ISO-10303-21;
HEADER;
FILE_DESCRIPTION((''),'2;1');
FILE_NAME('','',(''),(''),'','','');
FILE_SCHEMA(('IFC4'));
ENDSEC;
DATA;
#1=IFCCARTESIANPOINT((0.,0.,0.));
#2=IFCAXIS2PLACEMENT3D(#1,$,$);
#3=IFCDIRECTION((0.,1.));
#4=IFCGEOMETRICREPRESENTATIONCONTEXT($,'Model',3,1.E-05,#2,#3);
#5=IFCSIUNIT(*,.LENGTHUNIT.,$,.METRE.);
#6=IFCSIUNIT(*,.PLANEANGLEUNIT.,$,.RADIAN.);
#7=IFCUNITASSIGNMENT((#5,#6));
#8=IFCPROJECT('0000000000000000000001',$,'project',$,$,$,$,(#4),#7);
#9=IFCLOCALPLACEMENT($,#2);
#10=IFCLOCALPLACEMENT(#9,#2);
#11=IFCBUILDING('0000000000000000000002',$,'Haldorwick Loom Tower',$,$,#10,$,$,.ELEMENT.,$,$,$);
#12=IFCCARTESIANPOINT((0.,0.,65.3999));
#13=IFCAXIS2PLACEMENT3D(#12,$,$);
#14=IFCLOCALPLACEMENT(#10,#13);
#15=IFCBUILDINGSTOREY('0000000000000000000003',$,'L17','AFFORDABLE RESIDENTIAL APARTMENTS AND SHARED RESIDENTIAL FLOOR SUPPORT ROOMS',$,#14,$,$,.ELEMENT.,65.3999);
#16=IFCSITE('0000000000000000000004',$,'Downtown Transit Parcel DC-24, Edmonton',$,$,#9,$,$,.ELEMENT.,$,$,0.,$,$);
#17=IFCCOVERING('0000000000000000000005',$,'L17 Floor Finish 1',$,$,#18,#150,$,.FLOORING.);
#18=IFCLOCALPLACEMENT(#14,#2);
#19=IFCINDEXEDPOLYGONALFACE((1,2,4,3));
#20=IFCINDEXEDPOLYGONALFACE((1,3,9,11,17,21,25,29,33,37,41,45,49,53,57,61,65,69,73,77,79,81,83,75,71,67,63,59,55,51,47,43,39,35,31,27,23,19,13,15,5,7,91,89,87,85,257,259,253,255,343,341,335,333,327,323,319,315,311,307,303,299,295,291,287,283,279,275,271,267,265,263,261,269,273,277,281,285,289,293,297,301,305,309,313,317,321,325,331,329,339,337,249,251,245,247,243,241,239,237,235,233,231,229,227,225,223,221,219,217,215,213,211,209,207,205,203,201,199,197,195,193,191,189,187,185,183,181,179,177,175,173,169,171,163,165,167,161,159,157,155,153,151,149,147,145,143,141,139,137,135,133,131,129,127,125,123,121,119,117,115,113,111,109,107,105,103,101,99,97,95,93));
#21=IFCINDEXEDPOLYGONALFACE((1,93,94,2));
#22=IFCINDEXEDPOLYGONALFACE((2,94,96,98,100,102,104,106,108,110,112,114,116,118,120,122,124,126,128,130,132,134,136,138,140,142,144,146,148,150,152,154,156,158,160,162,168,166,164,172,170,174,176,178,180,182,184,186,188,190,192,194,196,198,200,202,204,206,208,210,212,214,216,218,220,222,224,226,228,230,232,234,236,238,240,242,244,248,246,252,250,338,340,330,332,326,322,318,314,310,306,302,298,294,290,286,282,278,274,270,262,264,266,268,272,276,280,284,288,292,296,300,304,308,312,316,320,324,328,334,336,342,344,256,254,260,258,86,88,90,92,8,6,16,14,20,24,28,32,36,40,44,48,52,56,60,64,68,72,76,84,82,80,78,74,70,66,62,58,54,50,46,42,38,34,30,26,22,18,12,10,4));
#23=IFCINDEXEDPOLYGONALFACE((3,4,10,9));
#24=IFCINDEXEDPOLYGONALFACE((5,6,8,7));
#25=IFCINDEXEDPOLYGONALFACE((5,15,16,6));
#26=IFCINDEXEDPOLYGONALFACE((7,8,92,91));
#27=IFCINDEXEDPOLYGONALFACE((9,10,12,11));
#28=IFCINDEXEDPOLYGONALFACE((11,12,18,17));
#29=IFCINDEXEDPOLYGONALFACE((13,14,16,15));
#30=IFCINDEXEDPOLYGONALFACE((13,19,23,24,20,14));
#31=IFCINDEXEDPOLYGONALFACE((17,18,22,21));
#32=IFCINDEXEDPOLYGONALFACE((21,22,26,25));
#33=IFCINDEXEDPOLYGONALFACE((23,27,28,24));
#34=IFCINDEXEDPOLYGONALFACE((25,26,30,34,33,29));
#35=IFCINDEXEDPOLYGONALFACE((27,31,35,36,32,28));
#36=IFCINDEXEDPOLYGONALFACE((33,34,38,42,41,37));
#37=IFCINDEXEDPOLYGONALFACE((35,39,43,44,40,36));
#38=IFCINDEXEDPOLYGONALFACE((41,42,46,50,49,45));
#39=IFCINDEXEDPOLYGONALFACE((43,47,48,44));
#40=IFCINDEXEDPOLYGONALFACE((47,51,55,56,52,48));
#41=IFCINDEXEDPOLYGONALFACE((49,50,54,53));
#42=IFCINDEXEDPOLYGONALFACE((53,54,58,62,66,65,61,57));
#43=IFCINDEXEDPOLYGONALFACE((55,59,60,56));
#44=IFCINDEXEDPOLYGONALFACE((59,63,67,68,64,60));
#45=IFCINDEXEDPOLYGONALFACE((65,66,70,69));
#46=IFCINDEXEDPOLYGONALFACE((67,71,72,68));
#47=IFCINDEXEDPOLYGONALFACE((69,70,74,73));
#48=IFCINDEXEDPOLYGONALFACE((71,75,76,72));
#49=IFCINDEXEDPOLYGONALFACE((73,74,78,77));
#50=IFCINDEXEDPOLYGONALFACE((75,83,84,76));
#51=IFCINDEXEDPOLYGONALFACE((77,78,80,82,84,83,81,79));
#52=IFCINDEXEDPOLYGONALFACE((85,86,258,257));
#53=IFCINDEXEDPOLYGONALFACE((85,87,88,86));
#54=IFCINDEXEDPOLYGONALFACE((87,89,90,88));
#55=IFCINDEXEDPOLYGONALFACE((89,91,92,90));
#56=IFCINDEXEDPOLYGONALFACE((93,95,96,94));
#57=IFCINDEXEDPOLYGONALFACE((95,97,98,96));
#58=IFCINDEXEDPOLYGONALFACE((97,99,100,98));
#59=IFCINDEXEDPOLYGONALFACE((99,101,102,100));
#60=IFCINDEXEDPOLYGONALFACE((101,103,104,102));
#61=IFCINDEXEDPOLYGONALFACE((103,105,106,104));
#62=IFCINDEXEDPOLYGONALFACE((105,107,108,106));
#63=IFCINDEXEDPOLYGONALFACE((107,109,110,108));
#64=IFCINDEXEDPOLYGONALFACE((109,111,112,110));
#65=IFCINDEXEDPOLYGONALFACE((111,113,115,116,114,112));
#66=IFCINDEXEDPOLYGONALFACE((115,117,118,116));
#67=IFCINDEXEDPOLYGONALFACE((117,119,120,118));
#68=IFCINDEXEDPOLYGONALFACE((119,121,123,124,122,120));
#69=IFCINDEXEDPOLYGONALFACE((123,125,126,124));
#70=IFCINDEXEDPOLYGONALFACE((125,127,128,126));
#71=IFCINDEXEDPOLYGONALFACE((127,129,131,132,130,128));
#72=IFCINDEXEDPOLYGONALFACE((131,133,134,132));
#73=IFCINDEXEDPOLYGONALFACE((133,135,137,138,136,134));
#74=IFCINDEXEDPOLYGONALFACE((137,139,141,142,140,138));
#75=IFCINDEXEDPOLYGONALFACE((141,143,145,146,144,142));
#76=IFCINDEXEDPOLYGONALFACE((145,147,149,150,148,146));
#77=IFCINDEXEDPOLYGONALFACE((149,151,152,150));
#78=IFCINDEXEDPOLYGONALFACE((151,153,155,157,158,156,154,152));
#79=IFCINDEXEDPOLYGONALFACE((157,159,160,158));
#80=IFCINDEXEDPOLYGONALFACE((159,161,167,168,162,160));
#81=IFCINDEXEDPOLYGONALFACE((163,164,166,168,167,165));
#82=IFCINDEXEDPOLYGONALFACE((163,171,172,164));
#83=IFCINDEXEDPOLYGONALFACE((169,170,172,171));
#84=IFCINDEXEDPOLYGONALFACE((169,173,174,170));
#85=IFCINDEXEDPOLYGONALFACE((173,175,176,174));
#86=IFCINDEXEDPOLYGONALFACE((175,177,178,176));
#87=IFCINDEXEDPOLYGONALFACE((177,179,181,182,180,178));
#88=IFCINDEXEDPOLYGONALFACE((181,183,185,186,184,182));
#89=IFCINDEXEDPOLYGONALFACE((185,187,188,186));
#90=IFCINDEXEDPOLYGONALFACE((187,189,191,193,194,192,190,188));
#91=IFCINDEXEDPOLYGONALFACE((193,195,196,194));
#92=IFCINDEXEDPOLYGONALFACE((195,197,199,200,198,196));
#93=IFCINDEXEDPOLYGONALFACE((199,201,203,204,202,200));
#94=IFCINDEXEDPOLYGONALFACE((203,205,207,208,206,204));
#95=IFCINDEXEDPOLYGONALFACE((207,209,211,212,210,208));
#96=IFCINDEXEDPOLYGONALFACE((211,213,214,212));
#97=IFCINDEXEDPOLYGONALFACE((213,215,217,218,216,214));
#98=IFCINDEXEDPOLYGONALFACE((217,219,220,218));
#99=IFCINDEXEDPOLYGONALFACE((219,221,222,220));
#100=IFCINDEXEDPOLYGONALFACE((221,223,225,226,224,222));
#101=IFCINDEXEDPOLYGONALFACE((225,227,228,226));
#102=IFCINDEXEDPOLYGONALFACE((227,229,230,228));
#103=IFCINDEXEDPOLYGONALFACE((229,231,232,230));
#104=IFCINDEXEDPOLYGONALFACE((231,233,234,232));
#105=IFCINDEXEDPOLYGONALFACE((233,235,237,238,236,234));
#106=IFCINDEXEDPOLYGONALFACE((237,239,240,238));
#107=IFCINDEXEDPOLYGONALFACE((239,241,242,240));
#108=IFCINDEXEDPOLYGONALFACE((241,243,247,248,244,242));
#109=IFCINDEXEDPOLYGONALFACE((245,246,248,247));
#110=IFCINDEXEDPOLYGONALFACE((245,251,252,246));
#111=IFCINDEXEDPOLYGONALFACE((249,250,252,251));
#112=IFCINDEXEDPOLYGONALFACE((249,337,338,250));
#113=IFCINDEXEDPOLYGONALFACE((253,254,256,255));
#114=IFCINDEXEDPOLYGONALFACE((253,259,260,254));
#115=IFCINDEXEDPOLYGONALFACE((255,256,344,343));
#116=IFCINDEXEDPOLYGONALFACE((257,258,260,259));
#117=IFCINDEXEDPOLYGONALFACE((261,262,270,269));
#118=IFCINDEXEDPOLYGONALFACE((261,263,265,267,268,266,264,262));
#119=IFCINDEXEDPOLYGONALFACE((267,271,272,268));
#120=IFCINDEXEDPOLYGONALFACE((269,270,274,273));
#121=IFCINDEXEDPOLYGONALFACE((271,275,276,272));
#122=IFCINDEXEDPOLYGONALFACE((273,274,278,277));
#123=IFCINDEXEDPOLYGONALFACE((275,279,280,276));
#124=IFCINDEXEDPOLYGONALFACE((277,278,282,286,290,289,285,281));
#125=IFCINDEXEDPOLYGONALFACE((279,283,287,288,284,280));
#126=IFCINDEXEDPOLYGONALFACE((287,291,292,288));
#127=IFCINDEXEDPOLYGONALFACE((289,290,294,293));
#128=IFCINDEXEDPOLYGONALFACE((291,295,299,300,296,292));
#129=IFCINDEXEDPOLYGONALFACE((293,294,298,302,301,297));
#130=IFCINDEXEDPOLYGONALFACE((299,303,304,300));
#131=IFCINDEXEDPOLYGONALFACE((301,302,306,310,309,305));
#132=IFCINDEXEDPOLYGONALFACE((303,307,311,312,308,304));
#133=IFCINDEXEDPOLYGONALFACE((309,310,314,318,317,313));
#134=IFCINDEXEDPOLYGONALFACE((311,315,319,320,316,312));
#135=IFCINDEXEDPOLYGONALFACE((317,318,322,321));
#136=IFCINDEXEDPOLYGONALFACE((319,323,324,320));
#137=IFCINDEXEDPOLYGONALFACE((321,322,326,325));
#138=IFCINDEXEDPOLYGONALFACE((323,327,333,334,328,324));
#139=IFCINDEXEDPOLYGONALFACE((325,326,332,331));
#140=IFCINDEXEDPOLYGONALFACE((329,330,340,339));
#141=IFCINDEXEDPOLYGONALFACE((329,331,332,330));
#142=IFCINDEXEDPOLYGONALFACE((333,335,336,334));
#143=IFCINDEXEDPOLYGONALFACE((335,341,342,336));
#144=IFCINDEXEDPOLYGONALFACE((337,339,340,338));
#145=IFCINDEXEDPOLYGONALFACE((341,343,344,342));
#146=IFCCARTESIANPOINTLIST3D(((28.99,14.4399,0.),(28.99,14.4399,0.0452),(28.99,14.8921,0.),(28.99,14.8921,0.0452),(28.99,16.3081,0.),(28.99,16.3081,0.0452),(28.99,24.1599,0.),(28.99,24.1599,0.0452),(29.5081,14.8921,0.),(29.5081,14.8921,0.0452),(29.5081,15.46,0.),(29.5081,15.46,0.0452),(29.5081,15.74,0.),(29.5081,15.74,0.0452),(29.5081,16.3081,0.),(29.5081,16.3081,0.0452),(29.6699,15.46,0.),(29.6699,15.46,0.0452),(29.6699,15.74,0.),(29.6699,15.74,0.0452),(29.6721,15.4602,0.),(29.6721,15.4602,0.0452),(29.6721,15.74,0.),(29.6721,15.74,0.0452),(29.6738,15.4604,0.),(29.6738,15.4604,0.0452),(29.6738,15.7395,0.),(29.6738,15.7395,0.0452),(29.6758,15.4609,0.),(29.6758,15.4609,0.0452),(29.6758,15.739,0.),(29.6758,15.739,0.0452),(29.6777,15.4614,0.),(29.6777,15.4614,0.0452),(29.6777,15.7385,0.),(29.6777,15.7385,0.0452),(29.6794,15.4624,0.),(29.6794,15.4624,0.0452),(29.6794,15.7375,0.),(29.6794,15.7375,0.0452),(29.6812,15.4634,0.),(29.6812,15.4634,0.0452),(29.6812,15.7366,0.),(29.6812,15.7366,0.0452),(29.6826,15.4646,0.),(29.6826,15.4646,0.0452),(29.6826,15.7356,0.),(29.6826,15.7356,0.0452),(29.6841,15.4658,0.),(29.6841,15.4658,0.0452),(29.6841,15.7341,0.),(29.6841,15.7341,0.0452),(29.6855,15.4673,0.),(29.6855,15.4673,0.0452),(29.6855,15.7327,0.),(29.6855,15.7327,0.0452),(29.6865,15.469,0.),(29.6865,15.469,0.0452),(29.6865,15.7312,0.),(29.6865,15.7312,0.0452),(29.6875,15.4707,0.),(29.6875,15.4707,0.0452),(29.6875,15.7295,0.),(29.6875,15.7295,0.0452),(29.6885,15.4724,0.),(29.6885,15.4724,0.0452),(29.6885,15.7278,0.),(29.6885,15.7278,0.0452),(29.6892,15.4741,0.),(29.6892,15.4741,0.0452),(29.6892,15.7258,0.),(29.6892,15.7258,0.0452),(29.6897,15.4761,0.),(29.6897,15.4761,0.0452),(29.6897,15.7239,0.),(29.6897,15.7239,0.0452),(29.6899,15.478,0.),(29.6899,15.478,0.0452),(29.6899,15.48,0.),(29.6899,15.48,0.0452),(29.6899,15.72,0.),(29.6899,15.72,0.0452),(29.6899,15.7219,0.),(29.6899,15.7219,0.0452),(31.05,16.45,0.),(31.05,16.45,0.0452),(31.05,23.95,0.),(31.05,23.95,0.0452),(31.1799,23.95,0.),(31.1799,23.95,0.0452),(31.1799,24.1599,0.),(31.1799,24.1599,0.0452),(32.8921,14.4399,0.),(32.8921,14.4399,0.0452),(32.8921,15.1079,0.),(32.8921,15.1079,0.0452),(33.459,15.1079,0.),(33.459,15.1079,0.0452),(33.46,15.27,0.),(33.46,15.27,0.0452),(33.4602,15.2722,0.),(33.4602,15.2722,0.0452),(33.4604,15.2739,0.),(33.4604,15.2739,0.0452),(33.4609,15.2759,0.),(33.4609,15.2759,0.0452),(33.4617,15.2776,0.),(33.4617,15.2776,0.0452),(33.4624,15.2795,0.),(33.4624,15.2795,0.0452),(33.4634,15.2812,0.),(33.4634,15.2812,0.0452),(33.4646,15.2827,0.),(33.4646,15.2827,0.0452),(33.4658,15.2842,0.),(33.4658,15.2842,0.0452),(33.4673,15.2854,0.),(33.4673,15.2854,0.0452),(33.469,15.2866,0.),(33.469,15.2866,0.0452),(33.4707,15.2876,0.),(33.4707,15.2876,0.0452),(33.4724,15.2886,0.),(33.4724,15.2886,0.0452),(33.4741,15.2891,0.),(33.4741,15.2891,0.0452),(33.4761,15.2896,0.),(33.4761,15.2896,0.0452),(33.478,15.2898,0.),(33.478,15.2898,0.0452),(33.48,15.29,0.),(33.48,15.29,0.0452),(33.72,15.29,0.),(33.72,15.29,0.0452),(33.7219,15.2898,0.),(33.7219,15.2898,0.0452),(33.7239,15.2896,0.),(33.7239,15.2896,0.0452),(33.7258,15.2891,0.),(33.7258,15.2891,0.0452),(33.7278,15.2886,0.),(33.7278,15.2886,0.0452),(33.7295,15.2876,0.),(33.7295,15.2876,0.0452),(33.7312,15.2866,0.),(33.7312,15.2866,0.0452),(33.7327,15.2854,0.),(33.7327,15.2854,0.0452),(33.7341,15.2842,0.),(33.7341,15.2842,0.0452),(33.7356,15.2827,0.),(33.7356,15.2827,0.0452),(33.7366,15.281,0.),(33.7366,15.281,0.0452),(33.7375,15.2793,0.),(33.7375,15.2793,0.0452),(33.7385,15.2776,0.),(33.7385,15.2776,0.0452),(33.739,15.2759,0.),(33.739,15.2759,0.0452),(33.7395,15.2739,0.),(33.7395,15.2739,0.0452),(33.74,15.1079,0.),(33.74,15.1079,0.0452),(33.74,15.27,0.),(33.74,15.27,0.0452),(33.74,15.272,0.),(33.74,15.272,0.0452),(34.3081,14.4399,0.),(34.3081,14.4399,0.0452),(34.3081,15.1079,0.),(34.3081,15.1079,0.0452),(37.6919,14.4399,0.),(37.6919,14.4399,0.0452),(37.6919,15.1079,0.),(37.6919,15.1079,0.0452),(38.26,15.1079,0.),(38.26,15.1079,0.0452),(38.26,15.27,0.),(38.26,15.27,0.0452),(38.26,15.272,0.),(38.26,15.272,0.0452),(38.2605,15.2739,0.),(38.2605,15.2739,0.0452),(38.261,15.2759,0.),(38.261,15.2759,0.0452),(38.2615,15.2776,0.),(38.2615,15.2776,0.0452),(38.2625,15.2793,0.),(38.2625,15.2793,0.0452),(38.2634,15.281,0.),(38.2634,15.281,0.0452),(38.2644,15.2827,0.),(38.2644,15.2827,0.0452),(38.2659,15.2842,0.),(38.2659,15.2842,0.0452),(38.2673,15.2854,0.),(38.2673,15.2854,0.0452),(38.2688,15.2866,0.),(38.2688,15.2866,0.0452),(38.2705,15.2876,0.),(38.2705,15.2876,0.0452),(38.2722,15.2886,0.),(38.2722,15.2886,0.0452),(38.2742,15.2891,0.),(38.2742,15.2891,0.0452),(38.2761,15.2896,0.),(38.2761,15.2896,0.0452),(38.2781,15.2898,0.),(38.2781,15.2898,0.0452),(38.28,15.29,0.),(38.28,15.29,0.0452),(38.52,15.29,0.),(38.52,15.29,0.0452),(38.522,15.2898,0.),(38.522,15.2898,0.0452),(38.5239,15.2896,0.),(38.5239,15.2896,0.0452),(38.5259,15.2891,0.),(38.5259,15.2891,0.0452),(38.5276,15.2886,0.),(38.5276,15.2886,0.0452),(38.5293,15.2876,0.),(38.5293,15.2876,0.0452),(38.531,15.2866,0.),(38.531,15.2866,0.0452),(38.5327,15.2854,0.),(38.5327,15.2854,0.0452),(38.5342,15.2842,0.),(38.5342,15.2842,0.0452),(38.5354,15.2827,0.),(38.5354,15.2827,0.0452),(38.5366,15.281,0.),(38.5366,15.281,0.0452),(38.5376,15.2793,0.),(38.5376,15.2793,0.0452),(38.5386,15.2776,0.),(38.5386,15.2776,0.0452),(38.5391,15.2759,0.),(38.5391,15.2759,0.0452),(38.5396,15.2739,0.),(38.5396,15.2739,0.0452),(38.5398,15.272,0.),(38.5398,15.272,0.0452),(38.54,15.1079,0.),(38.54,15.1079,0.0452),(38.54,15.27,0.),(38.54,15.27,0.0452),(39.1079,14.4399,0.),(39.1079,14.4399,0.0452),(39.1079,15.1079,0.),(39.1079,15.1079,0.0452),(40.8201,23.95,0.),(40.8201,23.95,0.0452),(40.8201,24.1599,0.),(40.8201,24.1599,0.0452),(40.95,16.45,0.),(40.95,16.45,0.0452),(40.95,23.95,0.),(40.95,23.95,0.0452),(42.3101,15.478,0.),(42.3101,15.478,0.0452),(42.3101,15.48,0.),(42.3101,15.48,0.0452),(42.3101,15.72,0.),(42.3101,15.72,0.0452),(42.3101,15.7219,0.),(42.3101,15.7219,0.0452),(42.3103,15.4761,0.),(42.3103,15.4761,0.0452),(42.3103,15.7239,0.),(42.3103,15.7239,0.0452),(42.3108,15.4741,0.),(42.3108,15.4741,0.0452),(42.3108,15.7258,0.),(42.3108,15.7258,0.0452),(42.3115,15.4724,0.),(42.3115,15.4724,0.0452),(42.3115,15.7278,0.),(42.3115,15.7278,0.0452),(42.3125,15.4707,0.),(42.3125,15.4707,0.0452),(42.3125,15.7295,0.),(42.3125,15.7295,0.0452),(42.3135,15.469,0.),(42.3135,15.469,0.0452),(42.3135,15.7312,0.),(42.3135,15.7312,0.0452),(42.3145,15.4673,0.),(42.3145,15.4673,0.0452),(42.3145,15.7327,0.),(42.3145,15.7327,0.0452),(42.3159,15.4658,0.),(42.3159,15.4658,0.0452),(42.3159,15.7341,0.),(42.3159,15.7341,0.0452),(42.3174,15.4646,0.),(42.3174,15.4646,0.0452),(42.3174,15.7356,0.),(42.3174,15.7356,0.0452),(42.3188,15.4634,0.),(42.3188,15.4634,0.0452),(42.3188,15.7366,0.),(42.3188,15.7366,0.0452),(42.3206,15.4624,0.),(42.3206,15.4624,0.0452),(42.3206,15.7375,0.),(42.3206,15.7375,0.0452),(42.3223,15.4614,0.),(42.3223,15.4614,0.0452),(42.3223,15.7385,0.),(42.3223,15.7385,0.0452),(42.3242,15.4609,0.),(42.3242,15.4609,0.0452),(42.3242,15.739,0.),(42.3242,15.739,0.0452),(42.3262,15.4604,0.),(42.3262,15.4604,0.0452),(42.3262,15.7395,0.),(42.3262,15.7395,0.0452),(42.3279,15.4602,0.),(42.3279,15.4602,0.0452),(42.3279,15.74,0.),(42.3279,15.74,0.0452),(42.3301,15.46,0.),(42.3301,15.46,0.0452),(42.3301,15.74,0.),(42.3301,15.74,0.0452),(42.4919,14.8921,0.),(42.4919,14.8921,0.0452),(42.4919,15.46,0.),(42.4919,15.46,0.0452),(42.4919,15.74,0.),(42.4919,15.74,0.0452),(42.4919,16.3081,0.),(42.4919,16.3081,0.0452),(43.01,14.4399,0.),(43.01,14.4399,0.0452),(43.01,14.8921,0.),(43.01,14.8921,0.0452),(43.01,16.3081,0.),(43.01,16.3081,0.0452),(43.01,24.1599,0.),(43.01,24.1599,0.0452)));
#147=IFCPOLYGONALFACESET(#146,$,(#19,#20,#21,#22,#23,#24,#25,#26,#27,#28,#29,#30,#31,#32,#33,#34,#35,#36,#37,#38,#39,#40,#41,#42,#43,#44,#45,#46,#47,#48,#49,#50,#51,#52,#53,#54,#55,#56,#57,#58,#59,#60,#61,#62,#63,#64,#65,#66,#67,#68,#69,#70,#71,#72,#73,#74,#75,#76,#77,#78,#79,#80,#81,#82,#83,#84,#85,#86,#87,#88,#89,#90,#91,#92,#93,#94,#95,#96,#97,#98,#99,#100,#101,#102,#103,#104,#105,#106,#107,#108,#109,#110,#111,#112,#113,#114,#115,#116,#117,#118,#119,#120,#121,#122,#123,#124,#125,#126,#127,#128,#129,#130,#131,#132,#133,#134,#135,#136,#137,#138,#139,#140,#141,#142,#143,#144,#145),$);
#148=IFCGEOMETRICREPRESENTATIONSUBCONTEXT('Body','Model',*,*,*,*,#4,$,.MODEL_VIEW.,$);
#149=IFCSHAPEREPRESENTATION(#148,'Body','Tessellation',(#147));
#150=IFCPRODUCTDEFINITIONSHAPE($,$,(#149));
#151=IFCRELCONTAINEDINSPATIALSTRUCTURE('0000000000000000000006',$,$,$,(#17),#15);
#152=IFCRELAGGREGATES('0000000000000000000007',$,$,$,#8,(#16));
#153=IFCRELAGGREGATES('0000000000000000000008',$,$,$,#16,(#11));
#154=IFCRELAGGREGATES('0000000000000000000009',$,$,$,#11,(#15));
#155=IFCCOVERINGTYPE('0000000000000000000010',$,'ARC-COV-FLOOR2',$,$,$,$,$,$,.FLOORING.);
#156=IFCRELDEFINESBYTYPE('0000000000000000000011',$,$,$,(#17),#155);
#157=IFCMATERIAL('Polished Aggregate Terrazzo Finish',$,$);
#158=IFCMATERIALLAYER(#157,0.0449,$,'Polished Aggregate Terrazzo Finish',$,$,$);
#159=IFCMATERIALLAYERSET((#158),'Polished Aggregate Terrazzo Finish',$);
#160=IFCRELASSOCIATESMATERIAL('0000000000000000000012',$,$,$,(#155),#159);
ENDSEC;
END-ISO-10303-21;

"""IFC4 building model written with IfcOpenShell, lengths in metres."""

from ifc_helpers import new_model, si_unit, direction, frame, origin, place, context, subcontext, project, spatial, polyline, outline, extrude, material, layer, layer_set, type_object, element, save


model = new_model("IFC4")

# Units and contexts
model_context = context("Model", 3, precision=1e-05, world=origin(), true_north=direction((0.0, 1.0)))
body_context = subcontext(model_context, "Body", "Model", "MODEL_VIEW")
ifc_project = project(units=[si_unit("LENGTHUNIT", "METRE"), si_unit("PLANEANGLEUNIT", "RADIAN")], contexts=[model_context])

# Site, building, storey
site_placement = place(None, origin())
site = spatial("IfcSite", under=ifc_project, at=site_placement, Name="Downtown Transit Parcel DC-24, Edmonton", CompositionType="ELEMENT", RefElevation=0.0)
building_placement = place(site_placement, origin())
building = spatial("IfcBuilding", under=site, at=building_placement, Name="Haldorwick Loom Tower", CompositionType="ELEMENT")
storey_placement = place(building_placement, frame((0.0, 0.0, 65.3999)))
storey = spatial("IfcBuildingStorey", under=building, at=storey_placement, Name="L17", Description="AFFORDABLE RESIDENTIAL APARTMENTS AND SHARED RESIDENTIAL FLOOR SUPPORT ROOMS", CompositionType="ELEMENT", Elevation=65.3999)

# Covering
ifc_material_1 = material(Name="Polished Aggregate Terrazzo Finish")
ifc_layer_1 = layer(ifc_material_1, 0.0449, Name="Polished Aggregate Terrazzo Finish")
ifc_layer_set_1 = layer_set([ifc_layer_1], Name="Polished Aggregate Terrazzo Finish")
covering_type_1 = type_object("IfcCoveringType", Name="ARC-COV-FLOOR2", PredefinedType="FLOORING", material=ifc_layer_set_1)
covering_1_placement = place(storey_placement, origin())
element("IfcCovering", 1, at=covering_1_placement, inside=storey, type_object=covering_type_1, Name="L17 Floor Finish 1", PredefinedType="FLOORING", context=body_context, shape_type="SweptSolid", body=[
    extrude(outline(polyline([(33.74, 15.1079), (34.3081, 15.1079), (34.3081, 14.4399), (37.6919, 14.4399), (37.6919, 15.1079), (38.26, 15.1079), (38.26, 15.27), (38.26, 15.272), (38.2605, 15.2739), (38.261, 15.2759), (38.2615, 15.2776), (38.2625, 15.2793), (38.2634, 15.281), (38.2644, 15.2827), (38.2659, 15.2842), (38.2673, 15.2854), (38.2688, 15.2866), (38.2705, 15.2876), (38.2722, 15.2886), (38.2742, 15.2891), (38.2761, 15.2896), (38.2781, 15.2898), (38.28, 15.29), (38.52, 15.29), (38.522, 15.2898), (38.5239, 15.2896), (38.5259, 15.2891), (38.5276, 15.2886), (38.5293, 15.2876), (38.531, 15.2866), (38.5327, 15.2854), (38.5342, 15.2842), (38.5354, 15.2827), (38.5366, 15.281), (38.5376, 15.2793), (38.5386, 15.2776), (38.5391, 15.2759), (38.5396, 15.2739), (38.5398, 15.272), (38.54, 15.27), (38.54, 15.1079), (39.1079, 15.1079), (39.1079, 14.4399), (43.01, 14.4399), (43.01, 14.8921), (42.4919, 14.8921), (42.4919, 15.46), (42.3301, 15.46), (42.3279, 15.4602), (42.3262, 15.4604), (42.3242, 15.4609), (42.3223, 15.4614), (42.3206, 15.4624), (42.3188, 15.4634), (42.3174, 15.4646), (42.3159, 15.4658), (42.3145, 15.4673), (42.3135, 15.469), (42.3125, 15.4707), (42.3115, 15.4724), (42.3108, 15.4741), (42.3103, 15.4761), (42.3101, 15.478), (42.3101, 15.48), (42.3101, 15.72), (42.3101, 15.7219), (42.3103, 15.7239), (42.3108, 15.7258), (42.3115, 15.7278), (42.3125, 15.7295), (42.3135, 15.7312), (42.3145, 15.7327), (42.3159, 15.7341), (42.3174, 15.7356), (42.3188, 15.7366), (42.3206, 15.7375), (42.3223, 15.7385), (42.3242, 15.739), (42.3262, 15.7395), (42.3279, 15.74), (42.3301, 15.74), (42.4919, 15.74), (42.4919, 16.3081), (43.01, 16.3081), (43.01, 24.1599), (40.8201, 24.1599), (40.8201, 23.95), (40.95, 23.95), (40.95, 16.45), (31.05, 16.45), (31.05, 23.95), (31.1799, 23.95), (31.1799, 24.1599), (28.99, 24.1599), (28.99, 16.3081), (29.5081, 16.3081), (29.5081, 15.74), (29.6699, 15.74), (29.6721, 15.74), (29.6738, 15.7395), (29.6758, 15.739), (29.6777, 15.7385), (29.6794, 15.7375), (29.6812, 15.7366), (29.6826, 15.7356), (29.6841, 15.7341), (29.6855, 15.7327), (29.6865, 15.7312), (29.6875, 15.7295), (29.6885, 15.7278), (29.6892, 15.7258), (29.6897, 15.7239), (29.6899, 15.7219), (29.6899, 15.72), (29.6899, 15.48), (29.6899, 15.478), (29.6897, 15.4761), (29.6892, 15.4741), (29.6885, 15.4724), (29.6875, 15.4707), (29.6865, 15.469), (29.6855, 15.4673), (29.6841, 15.4658), (29.6826, 15.4646), (29.6812, 15.4634), (29.6794, 15.4624), (29.6777, 15.4614), (29.6758, 15.4609), (29.6738, 15.4604), (29.6721, 15.4602), (29.6699, 15.46), (29.5081, 15.46), (29.5081, 14.8921), (28.99, 14.8921), (28.99, 14.4399), (32.8921, 14.4399), (32.8921, 15.1079), (33.459, 15.1079), (33.46, 15.27), (33.4602, 15.2722), (33.4604, 15.2739), (33.4609, 15.2759), (33.4617, 15.2776), (33.4624, 15.2795), (33.4634, 15.2812), (33.4646, 15.2827), (33.4658, 15.2842), (33.4673, 15.2854), (33.469, 15.2866), (33.4707, 15.2876), (33.4724, 15.2886), (33.4741, 15.2891), (33.4761, 15.2896), (33.478, 15.2898), (33.48, 15.29), (33.72, 15.29), (33.7219, 15.2898), (33.7239, 15.2896), (33.7258, 15.2891), (33.7278, 15.2886), (33.7295, 15.2876), (33.7312, 15.2866), (33.7327, 15.2854), (33.7341, 15.2842), (33.7356, 15.2827), (33.7366, 15.281), (33.7375, 15.2793), (33.7385, 15.2776), (33.739, 15.2759), (33.7395, 15.2739), (33.74, 15.272), (33.74, 15.27), (33.74, 15.1079)])), origin(), (0.0, 0.0, 1.0), 0.0452),
])

save(model, "model.ifc")
